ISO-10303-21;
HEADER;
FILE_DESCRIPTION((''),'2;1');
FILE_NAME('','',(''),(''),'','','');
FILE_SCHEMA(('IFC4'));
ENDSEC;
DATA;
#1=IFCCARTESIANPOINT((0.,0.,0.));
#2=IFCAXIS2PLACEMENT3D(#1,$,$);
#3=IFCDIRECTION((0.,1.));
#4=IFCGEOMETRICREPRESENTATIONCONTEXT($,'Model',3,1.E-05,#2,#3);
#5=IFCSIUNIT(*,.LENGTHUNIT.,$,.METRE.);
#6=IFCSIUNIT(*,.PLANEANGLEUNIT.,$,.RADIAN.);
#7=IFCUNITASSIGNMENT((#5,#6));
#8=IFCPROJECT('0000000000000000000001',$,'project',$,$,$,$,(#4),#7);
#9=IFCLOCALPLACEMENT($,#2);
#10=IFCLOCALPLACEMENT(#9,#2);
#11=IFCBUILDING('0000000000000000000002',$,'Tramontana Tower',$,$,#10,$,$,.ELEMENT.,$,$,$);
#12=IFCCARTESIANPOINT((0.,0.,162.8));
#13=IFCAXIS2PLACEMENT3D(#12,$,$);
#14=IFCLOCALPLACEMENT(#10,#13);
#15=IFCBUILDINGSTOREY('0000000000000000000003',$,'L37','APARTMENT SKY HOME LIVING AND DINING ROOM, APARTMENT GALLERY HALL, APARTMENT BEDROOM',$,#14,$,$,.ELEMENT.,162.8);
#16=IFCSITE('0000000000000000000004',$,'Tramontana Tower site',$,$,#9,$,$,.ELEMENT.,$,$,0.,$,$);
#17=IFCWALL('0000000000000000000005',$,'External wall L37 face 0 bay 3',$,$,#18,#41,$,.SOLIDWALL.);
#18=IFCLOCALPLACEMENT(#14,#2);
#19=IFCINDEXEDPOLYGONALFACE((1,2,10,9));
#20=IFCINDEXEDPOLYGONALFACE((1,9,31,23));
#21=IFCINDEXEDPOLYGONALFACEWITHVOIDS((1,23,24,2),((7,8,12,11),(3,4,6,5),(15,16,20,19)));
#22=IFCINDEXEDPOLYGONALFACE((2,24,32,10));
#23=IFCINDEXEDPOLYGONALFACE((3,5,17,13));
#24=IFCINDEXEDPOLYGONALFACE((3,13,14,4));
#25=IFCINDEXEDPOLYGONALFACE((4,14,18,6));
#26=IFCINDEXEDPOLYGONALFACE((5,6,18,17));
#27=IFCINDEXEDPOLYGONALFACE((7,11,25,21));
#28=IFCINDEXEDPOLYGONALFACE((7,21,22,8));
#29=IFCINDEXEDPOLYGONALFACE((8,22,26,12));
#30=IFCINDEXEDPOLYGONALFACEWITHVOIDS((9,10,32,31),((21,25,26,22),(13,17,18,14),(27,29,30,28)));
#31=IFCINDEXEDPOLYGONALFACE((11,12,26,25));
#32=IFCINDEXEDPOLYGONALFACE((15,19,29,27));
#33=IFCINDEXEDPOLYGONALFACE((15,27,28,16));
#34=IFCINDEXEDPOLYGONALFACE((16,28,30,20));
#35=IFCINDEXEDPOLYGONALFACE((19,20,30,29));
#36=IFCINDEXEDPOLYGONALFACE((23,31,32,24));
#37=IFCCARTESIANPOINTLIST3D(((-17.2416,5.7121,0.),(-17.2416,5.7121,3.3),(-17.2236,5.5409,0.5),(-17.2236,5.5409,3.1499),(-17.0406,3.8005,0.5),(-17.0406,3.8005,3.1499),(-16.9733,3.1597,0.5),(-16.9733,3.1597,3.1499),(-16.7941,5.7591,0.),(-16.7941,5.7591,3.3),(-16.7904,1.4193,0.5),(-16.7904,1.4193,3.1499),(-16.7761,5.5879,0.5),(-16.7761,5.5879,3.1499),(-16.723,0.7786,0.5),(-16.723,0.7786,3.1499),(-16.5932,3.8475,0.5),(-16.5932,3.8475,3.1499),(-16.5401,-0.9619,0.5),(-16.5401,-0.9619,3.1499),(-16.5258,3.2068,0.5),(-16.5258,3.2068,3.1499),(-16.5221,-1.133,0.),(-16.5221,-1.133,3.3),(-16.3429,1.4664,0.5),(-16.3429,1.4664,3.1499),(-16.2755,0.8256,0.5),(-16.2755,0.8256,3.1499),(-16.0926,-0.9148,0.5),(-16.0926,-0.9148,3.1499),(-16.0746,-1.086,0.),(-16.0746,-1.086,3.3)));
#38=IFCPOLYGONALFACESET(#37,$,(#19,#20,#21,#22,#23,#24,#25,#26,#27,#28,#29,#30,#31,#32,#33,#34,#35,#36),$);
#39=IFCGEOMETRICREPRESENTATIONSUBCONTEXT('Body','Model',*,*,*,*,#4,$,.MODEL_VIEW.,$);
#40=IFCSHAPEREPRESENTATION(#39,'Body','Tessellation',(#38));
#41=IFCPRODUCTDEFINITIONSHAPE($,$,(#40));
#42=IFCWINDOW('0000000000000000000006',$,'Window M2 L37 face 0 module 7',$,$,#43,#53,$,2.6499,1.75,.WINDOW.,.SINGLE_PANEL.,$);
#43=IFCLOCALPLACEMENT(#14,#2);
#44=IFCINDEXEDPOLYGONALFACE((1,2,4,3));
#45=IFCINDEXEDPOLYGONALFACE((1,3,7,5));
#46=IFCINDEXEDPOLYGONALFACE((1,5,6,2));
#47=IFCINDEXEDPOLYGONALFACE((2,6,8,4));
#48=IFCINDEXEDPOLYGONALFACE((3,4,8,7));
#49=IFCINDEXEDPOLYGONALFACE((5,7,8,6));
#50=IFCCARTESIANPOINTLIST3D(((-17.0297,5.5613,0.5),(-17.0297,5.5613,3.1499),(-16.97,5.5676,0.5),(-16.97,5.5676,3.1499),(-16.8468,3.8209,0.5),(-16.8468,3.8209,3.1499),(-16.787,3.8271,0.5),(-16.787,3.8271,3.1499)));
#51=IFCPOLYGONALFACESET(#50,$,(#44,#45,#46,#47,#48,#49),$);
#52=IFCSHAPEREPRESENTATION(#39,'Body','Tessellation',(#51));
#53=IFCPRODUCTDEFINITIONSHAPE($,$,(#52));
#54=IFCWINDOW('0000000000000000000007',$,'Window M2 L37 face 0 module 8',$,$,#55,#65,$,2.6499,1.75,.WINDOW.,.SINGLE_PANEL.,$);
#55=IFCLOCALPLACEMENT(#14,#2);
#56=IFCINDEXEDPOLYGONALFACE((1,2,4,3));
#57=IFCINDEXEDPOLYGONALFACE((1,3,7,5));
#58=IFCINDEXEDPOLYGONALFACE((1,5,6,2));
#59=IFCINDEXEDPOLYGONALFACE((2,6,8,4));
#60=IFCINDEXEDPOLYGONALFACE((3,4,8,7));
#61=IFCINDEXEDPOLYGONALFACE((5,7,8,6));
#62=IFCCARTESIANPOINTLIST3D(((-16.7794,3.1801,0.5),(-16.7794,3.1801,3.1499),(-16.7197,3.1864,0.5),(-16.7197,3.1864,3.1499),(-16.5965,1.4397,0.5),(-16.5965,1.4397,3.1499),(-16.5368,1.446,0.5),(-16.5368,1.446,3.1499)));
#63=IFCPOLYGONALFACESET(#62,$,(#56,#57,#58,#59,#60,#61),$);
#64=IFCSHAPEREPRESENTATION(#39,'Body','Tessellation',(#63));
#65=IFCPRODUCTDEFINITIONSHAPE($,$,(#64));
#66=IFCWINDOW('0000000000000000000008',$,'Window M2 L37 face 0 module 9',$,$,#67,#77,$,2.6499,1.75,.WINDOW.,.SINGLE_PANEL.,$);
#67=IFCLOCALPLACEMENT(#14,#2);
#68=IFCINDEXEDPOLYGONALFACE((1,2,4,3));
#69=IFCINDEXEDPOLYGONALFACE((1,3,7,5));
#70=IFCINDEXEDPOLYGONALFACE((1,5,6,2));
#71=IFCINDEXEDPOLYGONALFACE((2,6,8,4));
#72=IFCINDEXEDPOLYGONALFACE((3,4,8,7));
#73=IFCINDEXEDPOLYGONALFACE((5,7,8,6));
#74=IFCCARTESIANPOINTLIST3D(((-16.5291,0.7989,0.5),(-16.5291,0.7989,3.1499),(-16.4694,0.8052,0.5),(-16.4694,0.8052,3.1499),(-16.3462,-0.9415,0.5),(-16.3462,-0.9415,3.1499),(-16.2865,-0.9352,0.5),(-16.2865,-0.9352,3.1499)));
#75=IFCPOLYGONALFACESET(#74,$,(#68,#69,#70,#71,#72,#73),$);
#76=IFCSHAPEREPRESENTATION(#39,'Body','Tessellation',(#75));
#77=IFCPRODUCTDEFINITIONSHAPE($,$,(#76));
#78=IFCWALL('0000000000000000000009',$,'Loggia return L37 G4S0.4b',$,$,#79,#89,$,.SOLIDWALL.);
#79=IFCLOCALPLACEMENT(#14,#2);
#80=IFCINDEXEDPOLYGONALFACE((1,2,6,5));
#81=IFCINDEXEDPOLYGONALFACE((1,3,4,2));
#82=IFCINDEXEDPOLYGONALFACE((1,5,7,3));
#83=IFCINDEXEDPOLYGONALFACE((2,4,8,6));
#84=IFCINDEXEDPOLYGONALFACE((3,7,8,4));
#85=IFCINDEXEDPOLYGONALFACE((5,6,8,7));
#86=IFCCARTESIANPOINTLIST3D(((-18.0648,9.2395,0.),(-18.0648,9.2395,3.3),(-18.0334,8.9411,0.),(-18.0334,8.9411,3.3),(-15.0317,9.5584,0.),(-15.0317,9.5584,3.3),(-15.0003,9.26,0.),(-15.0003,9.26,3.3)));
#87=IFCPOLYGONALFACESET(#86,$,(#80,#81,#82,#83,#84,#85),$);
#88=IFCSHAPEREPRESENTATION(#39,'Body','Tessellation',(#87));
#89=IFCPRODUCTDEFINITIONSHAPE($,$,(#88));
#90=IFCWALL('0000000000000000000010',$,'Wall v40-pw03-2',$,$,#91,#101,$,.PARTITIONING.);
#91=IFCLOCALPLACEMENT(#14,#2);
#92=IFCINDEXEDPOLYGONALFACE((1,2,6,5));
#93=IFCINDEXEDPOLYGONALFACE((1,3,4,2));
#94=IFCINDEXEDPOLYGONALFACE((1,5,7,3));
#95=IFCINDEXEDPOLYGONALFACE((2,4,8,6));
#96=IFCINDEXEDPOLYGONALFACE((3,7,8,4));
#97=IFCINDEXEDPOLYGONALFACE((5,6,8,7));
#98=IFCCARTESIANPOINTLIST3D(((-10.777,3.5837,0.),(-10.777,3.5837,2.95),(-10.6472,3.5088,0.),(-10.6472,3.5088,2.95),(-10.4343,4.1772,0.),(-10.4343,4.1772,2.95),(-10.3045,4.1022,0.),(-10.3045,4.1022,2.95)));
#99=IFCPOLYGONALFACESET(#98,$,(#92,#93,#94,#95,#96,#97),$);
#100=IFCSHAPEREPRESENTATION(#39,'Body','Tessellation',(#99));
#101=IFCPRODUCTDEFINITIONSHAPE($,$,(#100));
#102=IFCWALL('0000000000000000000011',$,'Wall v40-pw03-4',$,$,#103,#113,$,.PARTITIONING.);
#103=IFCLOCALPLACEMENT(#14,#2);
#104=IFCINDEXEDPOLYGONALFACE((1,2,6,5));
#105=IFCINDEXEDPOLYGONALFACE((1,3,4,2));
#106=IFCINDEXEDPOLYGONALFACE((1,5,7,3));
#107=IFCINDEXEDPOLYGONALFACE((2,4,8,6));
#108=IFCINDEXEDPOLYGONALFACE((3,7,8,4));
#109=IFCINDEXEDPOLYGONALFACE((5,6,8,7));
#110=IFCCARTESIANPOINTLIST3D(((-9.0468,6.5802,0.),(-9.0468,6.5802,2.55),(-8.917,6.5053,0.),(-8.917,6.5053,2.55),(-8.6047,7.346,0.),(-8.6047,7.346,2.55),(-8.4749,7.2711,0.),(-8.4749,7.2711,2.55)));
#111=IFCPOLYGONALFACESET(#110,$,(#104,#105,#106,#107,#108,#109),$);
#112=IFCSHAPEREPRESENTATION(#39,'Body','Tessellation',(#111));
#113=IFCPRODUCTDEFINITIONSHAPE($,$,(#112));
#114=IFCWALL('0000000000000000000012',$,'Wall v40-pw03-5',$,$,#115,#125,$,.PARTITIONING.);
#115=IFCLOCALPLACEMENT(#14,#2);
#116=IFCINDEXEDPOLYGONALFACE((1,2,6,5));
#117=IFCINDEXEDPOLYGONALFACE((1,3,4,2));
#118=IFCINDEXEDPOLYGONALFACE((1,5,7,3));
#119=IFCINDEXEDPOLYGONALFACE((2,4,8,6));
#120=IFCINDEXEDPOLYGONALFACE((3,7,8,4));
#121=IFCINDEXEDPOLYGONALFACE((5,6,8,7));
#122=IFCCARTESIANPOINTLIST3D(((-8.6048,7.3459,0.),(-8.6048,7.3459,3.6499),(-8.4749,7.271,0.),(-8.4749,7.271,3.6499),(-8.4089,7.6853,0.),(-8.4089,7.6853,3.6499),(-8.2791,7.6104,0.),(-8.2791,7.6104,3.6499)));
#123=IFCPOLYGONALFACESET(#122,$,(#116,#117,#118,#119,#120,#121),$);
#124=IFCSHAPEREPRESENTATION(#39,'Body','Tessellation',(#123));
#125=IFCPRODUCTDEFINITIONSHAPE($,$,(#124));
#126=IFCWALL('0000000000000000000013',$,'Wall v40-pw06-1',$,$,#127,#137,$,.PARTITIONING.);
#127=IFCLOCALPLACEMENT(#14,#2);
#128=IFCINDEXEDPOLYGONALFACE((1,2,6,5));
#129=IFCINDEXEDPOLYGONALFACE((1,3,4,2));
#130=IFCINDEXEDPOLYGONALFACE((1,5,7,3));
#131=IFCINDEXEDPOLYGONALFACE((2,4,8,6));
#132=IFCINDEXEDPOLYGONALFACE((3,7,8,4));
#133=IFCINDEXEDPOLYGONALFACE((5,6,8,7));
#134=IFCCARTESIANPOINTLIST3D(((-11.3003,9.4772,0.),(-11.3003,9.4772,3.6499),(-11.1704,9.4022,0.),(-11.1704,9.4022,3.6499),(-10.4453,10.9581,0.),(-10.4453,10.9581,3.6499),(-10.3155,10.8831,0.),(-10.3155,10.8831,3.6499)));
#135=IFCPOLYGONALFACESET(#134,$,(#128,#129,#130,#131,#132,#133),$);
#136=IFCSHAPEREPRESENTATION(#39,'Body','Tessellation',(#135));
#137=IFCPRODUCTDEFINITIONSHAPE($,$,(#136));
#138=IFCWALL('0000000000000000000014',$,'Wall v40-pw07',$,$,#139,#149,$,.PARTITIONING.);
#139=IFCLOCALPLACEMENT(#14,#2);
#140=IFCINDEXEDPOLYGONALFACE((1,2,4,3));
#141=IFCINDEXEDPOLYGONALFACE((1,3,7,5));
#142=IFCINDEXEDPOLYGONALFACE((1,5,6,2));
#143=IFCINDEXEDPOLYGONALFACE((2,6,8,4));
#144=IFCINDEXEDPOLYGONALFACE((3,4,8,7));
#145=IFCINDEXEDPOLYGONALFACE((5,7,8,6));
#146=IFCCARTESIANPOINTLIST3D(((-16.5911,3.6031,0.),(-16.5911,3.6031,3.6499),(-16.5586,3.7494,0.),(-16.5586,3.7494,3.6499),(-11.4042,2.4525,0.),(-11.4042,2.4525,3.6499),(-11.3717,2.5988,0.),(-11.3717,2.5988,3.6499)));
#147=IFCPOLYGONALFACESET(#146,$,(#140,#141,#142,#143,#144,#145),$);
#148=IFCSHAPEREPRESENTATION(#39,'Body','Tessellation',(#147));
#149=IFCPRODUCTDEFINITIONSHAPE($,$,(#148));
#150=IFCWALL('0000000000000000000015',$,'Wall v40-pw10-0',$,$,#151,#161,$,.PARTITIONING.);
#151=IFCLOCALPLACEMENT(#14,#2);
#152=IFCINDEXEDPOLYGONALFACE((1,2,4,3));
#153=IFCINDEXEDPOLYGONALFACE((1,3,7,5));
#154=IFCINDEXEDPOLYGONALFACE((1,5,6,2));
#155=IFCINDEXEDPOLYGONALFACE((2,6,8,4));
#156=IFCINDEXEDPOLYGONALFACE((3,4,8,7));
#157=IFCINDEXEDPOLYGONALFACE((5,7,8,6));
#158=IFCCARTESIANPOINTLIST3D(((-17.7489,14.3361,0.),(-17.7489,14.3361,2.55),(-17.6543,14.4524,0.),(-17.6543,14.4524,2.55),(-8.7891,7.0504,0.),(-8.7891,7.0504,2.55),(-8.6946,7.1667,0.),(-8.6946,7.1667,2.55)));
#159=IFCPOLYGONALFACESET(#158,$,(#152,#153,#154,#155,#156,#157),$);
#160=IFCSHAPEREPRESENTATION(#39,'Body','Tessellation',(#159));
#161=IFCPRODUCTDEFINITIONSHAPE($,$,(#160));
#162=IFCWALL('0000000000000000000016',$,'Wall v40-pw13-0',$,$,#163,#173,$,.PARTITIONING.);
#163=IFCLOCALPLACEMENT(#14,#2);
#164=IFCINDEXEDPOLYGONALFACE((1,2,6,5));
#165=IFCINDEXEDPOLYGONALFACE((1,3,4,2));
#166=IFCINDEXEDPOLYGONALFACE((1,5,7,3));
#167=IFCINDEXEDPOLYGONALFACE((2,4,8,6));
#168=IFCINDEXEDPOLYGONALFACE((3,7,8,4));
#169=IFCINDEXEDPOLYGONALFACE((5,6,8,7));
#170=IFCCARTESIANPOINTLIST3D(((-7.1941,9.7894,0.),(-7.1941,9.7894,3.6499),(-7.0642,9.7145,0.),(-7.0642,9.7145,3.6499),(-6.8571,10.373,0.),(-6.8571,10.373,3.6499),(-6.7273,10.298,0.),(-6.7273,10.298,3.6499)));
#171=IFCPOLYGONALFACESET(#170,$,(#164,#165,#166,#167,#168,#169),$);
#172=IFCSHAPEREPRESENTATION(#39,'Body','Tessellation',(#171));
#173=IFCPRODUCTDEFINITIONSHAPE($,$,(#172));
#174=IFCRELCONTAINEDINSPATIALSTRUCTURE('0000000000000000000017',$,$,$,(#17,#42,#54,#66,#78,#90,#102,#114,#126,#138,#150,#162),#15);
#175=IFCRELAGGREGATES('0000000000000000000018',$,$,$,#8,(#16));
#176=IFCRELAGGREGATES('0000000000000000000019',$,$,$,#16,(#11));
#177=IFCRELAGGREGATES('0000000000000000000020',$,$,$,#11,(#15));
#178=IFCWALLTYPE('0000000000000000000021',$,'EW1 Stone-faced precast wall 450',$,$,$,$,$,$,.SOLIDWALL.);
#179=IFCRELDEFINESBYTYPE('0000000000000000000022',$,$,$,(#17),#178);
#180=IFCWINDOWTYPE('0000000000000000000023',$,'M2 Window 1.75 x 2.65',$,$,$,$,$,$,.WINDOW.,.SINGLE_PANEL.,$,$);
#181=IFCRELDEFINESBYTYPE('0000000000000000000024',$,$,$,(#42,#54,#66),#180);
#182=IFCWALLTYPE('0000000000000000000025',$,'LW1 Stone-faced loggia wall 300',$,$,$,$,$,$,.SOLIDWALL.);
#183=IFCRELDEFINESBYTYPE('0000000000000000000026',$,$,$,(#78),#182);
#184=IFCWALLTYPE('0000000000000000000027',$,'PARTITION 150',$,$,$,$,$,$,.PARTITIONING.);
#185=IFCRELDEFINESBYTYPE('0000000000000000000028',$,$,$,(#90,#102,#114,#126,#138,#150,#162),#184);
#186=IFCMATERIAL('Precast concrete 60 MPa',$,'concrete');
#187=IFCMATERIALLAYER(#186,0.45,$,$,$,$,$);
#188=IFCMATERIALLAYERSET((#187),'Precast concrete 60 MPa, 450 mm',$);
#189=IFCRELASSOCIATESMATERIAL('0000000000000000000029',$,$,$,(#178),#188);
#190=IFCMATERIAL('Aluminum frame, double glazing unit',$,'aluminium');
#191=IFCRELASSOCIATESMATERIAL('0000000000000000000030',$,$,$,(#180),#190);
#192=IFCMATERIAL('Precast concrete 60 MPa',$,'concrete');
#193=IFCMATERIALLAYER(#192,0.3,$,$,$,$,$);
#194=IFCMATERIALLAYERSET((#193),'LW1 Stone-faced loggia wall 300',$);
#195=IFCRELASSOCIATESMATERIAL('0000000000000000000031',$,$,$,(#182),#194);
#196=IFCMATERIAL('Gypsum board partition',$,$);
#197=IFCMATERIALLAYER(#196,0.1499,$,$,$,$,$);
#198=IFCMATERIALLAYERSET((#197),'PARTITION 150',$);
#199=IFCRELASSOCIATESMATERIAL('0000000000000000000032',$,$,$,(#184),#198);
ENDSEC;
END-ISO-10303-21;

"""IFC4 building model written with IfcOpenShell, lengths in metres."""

from ifc_helpers import new_model, si_unit, direction, frame, frame_2d, origin, place, context, subcontext, project, spatial, rectangle, extrude, material, layer, layer_set, type_object, element, fill, save


model = new_model("IFC4")

# Units and contexts
model_context = context("Model", 3, precision=1e-05, world=origin(), true_north=direction((0.0, 1.0)))
body_context = subcontext(model_context, "Body", "Model", "MODEL_VIEW")
ifc_project = project(units=[si_unit("LENGTHUNIT", "METRE"), si_unit("PLANEANGLEUNIT", "RADIAN")], contexts=[model_context])

# Site, building, storey
site_placement = place(None, origin())
site = spatial("IfcSite", under=ifc_project, at=site_placement, Name="Tramontana Tower site", CompositionType="ELEMENT", RefElevation=0.0)
building_placement = place(site_placement, origin())
building = spatial("IfcBuilding", under=site, at=building_placement, Name="Tramontana Tower", CompositionType="ELEMENT")
storey_placement = place(building_placement, frame((0.0, 0.0, 162.8)))
storey = spatial("IfcBuildingStorey", under=building, at=storey_placement, Name="L37", Description="APARTMENT SKY HOME LIVING AND DINING ROOM, APARTMENT GALLERY HALL, APARTMENT BEDROOM", CompositionType="ELEMENT", Elevation=162.8)

# Shared definitions
ifc_material_1 = material(Name="Precast concrete 60 MPa", Category="concrete")
ifc_layer_1 = layer(ifc_material_1, 0.45)
ifc_layer_set_1 = layer_set([ifc_layer_1], Name="Precast concrete 60 MPa, 450 mm")
wall_type_1 = type_object("IfcWallType", Name="EW1 Stone-faced precast wall 450", PredefinedType="SOLIDWALL", material=ifc_layer_set_1)
ifc_material_2 = material(Name="Aluminum frame, double glazing unit", Category="aluminium")
window_type = type_object("IfcWindowType", Name="M2 Window 1.75 x 2.65", PartitioningType="SINGLE_PANEL", PredefinedType="WINDOW", material=ifc_material_2)

# Wall, openings, windows
wall_1_placement = place(storey_placement, frame((-17.0178, 5.7356, 0.0), z_axis=(0.0, 0.0, 1.0), x_axis=(0.104532, -0.994522, 0.0)))
wall_1 = element("IfcWall", 1, at=wall_1_placement, inside=storey, type_object=wall_type_1, Name="External wall L37 face 0 bay 3", PredefinedType="SOLIDWALL", context=body_context, shape_type="SweptSolid", body=[
    extrude(rectangle(XDim=6.8828, YDim=0.45, at=frame_2d((3.4414, 0.0))), origin(), (0.0, 0.0, 1.0), 3.3),
])
opening_1_placement = place(wall_1_placement, frame((0.1721, 0.0, 0.5)))
opening_1 = element("IfcOpeningElement", 2, at=opening_1_placement, cuts=wall_1, PredefinedType="OPENING", context=body_context, shape_type="SweptSolid", body=[
    extrude(rectangle(XDim=1.75, YDim=2.6499, at=frame_2d((0.875, 1.325))), frame((0.0, 0.2349, 0.0), z_axis=(0.0, -1.0, 0.0), x_axis=(1.0, 0.0, 0.0)), (0.0, 0.0, 1.0), 0.47),
])
opening_2_placement = place(wall_1_placement, frame((2.5664, 0.0, 0.5)))
opening_2 = element("IfcOpeningElement", 3, at=opening_2_placement, cuts=wall_1, PredefinedType="OPENING", context=body_context, shape_type="SweptSolid", body=[
    extrude(rectangle(XDim=1.75, YDim=2.6499, at=frame_2d((0.875, 1.325))), frame((0.0, 0.2349, 0.0), z_axis=(0.0, -1.0, 0.0), x_axis=(1.0, 0.0, 0.0)), (0.0, 0.0, 1.0), 0.47),
])
opening_3_placement = place(wall_1_placement, frame((4.9607, 0.0, 0.5)))
opening_3 = element("IfcOpeningElement", 4, at=opening_3_placement, cuts=wall_1, PredefinedType="OPENING", context=body_context, shape_type="SweptSolid", body=[
    extrude(rectangle(XDim=1.75, YDim=2.6499, at=frame_2d((0.875, 1.325))), frame((0.0, 0.2349, 0.0), z_axis=(0.0, -1.0, 0.0), x_axis=(1.0, 0.0, 0.0)), (0.0, 0.0, 1.0), 0.47),
])
window_1_placement = place(opening_1_placement, origin())
window_1 = element("IfcWindow", 5, at=window_1_placement, inside=storey, type_object=window_type, Name="Window M2 L37 face 0 module 7", OverallHeight=2.6499, OverallWidth=1.75, PartitioningType="SINGLE_PANEL", PredefinedType="WINDOW", context=body_context, shape_type="SweptSolid", body=[
    extrude(rectangle(XDim=1.75, YDim=2.6499, at=frame_2d((0.875, 1.325))), frame((0.0, 0.03, 0.0), z_axis=(0.0, -1.0, 0.0), x_axis=(1.0, 0.0, 0.0)), (0.0, 0.0, 1.0), 0.0601),
])
fill(opening_1, window_1)
window_2_placement = place(opening_2_placement, origin())
window_2 = element("IfcWindow", 6, at=window_2_placement, inside=storey, type_object=window_type, Name="Window M2 L37 face 0 module 8", OverallHeight=2.6499, OverallWidth=1.75, PartitioningType="SINGLE_PANEL", PredefinedType="WINDOW", context=body_context, shape_type="SweptSolid", body=[
    extrude(rectangle(XDim=1.75, YDim=2.6499, at=frame_2d((0.875, 1.325))), frame((0.0, 0.03, 0.0), z_axis=(0.0, -1.0, 0.0), x_axis=(1.0, 0.0, 0.0)), (0.0, 0.0, 1.0), 0.0601),
])
fill(opening_2, window_2)
window_3_placement = place(opening_3_placement, origin())
window_3 = element("IfcWindow", 7, at=window_3_placement, inside=storey, type_object=window_type, Name="Window M2 L37 face 0 module 9", OverallHeight=2.6499, OverallWidth=1.75, PartitioningType="SINGLE_PANEL", PredefinedType="WINDOW", context=body_context, shape_type="SweptSolid", body=[
    extrude(rectangle(XDim=1.75, YDim=2.6499, at=frame_2d((0.875, 1.325))), frame((0.0, 0.03, 0.0), z_axis=(0.0, -1.0, 0.0), x_axis=(1.0, 0.0, 0.0)), (0.0, 0.0, 1.0), 0.0601),
])
fill(opening_3, window_3)

# Walls
ifc_material_3 = material(Name="Precast concrete 60 MPa", Category="concrete")
ifc_layer_2 = layer(ifc_material_3, 0.3)
ifc_layer_set_2 = layer_set([ifc_layer_2], Name="LW1 Stone-faced loggia wall 300")
wall_type_2 = type_object("IfcWallType", Name="LW1 Stone-faced loggia wall 300", PredefinedType="SOLIDWALL", material=ifc_layer_set_2)
wall_2_placement = place(storey_placement, frame((-18.0491, 9.0903, 0.0), z_axis=(0.0, 0.0, 1.0), x_axis=(0.99452, 0.104543, 0.0)))
element("IfcWall", 8, at=wall_2_placement, inside=storey, type_object=wall_type_2, Name="Loggia return L37 G4S0.4b", PredefinedType="SOLIDWALL", context=body_context, shape_type="SweptSolid", body=[
    extrude(rectangle(XDim=3.0498, YDim=0.3, at=frame_2d((1.5249, 0.0))), origin(), (0.0, 0.0, 1.0), 3.3),
])
ifc_material_4 = material(Name="Gypsum board partition")
ifc_layer_3 = layer(ifc_material_4, 0.1499)
ifc_layer_set_3 = layer_set([ifc_layer_3], Name="PARTITION 150")
wall_type_3 = type_object("IfcWallType", Name="PARTITION 150", PredefinedType="PARTITIONING", material=ifc_layer_set_3)
wall_3_placement = place(storey_placement, frame((-10.7122, 3.5461, 0.0), z_axis=(0.0, 0.0, 1.0), x_axis=(0.500123, 0.865954, 0.0)))
element("IfcWall", 9, at=wall_3_placement, inside=storey, type_object=wall_type_3, Name="Wall v40-pw03-2", PredefinedType="PARTITIONING", context=body_context, shape_type="SweptSolid", body=[
    extrude(rectangle(XDim=0.6853, YDim=0.1499, at=frame_2d((0.3428, 0.0))), origin(), (0.0, 0.0, 1.0), 2.95),
])

# Walls
wall_4_placement = place(storey_placement, frame((-8.9819, 6.5427, 0.0), z_axis=(0.0, 0.0, 1.0), x_axis=(0.499969, 0.866043, 0.0)))
element("IfcWall", 10, at=wall_4_placement, inside=storey, type_object=wall_type_3, Name="Wall v40-pw03-4", PredefinedType="PARTITIONING", context=body_context, shape_type="SweptSolid", body=[
    extrude(rectangle(XDim=0.8843, YDim=0.1499, at=frame_2d((0.4421, 0.0))), origin(), (0.0, 0.0, 1.0), 2.55),
])
wall_5_placement = place(storey_placement, frame((-8.5398, 7.3086, 0.0), z_axis=(0.0, 0.0, 1.0), x_axis=(0.499758, 0.866165, 0.0)))
element("IfcWall", 11, at=wall_5_placement, inside=storey, type_object=wall_type_3, Name="Wall v40-pw03-5", PredefinedType="PARTITIONING", context=body_context, shape_type="SweptSolid", body=[
    extrude(rectangle(XDim=0.3918, YDim=0.1499, at=frame_2d((0.1958, 0.0))), origin(), (0.0, 0.0, 1.0), 3.6499),
])
wall_6_placement = place(storey_placement, frame((-11.2354, 9.4397, 0.0), z_axis=(0.0, 0.0, 1.0), x_axis=(0.499978, 0.866038, 0.0)))
element("IfcWall", 12, at=wall_6_placement, inside=storey, type_object=wall_type_3, Name="Wall v40-pw06-1", PredefinedType="PARTITIONING", context=body_context, shape_type="SweptSolid", body=[
    extrude(rectangle(XDim=1.71, YDim=0.1499, at=frame_2d((0.855, 0.0))), origin(), (0.0, 0.0, 1.0), 3.6499),
])
wall_7_placement = place(storey_placement, frame((-11.3879, 2.5256, 0.0), z_axis=(0.0, 0.0, 1.0), x_axis=(-0.976268, 0.216566, 0.0)))
element("IfcWall", 13, at=wall_7_placement, inside=storey, type_object=wall_type_3, Name="Wall v40-pw07", PredefinedType="PARTITIONING", context=body_context, shape_type="SweptSolid", body=[
    extrude(rectangle(XDim=5.313, YDim=0.1499, at=frame_2d((2.6565, 0.0))), origin(), (0.0, 0.0, 1.0), 3.6499),
])
wall_8_placement = place(storey_placement, frame((-8.7419, 7.1086, 0.0), z_axis=(0.0, 0.0, 1.0), x_axis=(-0.775865, 0.630899, 0.0)))
element("IfcWall", 14, at=wall_8_placement, inside=storey, type_object=wall_type_3, Name="Wall v40-pw10-0", PredefinedType="PARTITIONING", context=body_context, shape_type="SweptSolid", body=[
    extrude(rectangle(XDim=11.5481, YDim=0.1499, at=frame_2d((5.7739, 0.0))), origin(), (0.0, 0.0, 1.0), 2.55),
])

# Wall
wall_9_placement = place(storey_placement, frame((-7.1292, 9.752, 0.0), z_axis=(0.0, 0.0, 1.0), x_axis=(0.500036, 0.866005, 0.0)))
element("IfcWall", 15, at=wall_9_placement, inside=storey, type_object=wall_type_3, Name="Wall v40-pw13-0", PredefinedType="PARTITIONING", context=body_context, shape_type="SweptSolid", body=[
    extrude(rectangle(XDim=0.6738, YDim=0.1499, at=frame_2d((0.3369, 0.0))), origin(), (0.0, 0.0, 1.0), 3.6499),
])

save(model, "model.ifc")
